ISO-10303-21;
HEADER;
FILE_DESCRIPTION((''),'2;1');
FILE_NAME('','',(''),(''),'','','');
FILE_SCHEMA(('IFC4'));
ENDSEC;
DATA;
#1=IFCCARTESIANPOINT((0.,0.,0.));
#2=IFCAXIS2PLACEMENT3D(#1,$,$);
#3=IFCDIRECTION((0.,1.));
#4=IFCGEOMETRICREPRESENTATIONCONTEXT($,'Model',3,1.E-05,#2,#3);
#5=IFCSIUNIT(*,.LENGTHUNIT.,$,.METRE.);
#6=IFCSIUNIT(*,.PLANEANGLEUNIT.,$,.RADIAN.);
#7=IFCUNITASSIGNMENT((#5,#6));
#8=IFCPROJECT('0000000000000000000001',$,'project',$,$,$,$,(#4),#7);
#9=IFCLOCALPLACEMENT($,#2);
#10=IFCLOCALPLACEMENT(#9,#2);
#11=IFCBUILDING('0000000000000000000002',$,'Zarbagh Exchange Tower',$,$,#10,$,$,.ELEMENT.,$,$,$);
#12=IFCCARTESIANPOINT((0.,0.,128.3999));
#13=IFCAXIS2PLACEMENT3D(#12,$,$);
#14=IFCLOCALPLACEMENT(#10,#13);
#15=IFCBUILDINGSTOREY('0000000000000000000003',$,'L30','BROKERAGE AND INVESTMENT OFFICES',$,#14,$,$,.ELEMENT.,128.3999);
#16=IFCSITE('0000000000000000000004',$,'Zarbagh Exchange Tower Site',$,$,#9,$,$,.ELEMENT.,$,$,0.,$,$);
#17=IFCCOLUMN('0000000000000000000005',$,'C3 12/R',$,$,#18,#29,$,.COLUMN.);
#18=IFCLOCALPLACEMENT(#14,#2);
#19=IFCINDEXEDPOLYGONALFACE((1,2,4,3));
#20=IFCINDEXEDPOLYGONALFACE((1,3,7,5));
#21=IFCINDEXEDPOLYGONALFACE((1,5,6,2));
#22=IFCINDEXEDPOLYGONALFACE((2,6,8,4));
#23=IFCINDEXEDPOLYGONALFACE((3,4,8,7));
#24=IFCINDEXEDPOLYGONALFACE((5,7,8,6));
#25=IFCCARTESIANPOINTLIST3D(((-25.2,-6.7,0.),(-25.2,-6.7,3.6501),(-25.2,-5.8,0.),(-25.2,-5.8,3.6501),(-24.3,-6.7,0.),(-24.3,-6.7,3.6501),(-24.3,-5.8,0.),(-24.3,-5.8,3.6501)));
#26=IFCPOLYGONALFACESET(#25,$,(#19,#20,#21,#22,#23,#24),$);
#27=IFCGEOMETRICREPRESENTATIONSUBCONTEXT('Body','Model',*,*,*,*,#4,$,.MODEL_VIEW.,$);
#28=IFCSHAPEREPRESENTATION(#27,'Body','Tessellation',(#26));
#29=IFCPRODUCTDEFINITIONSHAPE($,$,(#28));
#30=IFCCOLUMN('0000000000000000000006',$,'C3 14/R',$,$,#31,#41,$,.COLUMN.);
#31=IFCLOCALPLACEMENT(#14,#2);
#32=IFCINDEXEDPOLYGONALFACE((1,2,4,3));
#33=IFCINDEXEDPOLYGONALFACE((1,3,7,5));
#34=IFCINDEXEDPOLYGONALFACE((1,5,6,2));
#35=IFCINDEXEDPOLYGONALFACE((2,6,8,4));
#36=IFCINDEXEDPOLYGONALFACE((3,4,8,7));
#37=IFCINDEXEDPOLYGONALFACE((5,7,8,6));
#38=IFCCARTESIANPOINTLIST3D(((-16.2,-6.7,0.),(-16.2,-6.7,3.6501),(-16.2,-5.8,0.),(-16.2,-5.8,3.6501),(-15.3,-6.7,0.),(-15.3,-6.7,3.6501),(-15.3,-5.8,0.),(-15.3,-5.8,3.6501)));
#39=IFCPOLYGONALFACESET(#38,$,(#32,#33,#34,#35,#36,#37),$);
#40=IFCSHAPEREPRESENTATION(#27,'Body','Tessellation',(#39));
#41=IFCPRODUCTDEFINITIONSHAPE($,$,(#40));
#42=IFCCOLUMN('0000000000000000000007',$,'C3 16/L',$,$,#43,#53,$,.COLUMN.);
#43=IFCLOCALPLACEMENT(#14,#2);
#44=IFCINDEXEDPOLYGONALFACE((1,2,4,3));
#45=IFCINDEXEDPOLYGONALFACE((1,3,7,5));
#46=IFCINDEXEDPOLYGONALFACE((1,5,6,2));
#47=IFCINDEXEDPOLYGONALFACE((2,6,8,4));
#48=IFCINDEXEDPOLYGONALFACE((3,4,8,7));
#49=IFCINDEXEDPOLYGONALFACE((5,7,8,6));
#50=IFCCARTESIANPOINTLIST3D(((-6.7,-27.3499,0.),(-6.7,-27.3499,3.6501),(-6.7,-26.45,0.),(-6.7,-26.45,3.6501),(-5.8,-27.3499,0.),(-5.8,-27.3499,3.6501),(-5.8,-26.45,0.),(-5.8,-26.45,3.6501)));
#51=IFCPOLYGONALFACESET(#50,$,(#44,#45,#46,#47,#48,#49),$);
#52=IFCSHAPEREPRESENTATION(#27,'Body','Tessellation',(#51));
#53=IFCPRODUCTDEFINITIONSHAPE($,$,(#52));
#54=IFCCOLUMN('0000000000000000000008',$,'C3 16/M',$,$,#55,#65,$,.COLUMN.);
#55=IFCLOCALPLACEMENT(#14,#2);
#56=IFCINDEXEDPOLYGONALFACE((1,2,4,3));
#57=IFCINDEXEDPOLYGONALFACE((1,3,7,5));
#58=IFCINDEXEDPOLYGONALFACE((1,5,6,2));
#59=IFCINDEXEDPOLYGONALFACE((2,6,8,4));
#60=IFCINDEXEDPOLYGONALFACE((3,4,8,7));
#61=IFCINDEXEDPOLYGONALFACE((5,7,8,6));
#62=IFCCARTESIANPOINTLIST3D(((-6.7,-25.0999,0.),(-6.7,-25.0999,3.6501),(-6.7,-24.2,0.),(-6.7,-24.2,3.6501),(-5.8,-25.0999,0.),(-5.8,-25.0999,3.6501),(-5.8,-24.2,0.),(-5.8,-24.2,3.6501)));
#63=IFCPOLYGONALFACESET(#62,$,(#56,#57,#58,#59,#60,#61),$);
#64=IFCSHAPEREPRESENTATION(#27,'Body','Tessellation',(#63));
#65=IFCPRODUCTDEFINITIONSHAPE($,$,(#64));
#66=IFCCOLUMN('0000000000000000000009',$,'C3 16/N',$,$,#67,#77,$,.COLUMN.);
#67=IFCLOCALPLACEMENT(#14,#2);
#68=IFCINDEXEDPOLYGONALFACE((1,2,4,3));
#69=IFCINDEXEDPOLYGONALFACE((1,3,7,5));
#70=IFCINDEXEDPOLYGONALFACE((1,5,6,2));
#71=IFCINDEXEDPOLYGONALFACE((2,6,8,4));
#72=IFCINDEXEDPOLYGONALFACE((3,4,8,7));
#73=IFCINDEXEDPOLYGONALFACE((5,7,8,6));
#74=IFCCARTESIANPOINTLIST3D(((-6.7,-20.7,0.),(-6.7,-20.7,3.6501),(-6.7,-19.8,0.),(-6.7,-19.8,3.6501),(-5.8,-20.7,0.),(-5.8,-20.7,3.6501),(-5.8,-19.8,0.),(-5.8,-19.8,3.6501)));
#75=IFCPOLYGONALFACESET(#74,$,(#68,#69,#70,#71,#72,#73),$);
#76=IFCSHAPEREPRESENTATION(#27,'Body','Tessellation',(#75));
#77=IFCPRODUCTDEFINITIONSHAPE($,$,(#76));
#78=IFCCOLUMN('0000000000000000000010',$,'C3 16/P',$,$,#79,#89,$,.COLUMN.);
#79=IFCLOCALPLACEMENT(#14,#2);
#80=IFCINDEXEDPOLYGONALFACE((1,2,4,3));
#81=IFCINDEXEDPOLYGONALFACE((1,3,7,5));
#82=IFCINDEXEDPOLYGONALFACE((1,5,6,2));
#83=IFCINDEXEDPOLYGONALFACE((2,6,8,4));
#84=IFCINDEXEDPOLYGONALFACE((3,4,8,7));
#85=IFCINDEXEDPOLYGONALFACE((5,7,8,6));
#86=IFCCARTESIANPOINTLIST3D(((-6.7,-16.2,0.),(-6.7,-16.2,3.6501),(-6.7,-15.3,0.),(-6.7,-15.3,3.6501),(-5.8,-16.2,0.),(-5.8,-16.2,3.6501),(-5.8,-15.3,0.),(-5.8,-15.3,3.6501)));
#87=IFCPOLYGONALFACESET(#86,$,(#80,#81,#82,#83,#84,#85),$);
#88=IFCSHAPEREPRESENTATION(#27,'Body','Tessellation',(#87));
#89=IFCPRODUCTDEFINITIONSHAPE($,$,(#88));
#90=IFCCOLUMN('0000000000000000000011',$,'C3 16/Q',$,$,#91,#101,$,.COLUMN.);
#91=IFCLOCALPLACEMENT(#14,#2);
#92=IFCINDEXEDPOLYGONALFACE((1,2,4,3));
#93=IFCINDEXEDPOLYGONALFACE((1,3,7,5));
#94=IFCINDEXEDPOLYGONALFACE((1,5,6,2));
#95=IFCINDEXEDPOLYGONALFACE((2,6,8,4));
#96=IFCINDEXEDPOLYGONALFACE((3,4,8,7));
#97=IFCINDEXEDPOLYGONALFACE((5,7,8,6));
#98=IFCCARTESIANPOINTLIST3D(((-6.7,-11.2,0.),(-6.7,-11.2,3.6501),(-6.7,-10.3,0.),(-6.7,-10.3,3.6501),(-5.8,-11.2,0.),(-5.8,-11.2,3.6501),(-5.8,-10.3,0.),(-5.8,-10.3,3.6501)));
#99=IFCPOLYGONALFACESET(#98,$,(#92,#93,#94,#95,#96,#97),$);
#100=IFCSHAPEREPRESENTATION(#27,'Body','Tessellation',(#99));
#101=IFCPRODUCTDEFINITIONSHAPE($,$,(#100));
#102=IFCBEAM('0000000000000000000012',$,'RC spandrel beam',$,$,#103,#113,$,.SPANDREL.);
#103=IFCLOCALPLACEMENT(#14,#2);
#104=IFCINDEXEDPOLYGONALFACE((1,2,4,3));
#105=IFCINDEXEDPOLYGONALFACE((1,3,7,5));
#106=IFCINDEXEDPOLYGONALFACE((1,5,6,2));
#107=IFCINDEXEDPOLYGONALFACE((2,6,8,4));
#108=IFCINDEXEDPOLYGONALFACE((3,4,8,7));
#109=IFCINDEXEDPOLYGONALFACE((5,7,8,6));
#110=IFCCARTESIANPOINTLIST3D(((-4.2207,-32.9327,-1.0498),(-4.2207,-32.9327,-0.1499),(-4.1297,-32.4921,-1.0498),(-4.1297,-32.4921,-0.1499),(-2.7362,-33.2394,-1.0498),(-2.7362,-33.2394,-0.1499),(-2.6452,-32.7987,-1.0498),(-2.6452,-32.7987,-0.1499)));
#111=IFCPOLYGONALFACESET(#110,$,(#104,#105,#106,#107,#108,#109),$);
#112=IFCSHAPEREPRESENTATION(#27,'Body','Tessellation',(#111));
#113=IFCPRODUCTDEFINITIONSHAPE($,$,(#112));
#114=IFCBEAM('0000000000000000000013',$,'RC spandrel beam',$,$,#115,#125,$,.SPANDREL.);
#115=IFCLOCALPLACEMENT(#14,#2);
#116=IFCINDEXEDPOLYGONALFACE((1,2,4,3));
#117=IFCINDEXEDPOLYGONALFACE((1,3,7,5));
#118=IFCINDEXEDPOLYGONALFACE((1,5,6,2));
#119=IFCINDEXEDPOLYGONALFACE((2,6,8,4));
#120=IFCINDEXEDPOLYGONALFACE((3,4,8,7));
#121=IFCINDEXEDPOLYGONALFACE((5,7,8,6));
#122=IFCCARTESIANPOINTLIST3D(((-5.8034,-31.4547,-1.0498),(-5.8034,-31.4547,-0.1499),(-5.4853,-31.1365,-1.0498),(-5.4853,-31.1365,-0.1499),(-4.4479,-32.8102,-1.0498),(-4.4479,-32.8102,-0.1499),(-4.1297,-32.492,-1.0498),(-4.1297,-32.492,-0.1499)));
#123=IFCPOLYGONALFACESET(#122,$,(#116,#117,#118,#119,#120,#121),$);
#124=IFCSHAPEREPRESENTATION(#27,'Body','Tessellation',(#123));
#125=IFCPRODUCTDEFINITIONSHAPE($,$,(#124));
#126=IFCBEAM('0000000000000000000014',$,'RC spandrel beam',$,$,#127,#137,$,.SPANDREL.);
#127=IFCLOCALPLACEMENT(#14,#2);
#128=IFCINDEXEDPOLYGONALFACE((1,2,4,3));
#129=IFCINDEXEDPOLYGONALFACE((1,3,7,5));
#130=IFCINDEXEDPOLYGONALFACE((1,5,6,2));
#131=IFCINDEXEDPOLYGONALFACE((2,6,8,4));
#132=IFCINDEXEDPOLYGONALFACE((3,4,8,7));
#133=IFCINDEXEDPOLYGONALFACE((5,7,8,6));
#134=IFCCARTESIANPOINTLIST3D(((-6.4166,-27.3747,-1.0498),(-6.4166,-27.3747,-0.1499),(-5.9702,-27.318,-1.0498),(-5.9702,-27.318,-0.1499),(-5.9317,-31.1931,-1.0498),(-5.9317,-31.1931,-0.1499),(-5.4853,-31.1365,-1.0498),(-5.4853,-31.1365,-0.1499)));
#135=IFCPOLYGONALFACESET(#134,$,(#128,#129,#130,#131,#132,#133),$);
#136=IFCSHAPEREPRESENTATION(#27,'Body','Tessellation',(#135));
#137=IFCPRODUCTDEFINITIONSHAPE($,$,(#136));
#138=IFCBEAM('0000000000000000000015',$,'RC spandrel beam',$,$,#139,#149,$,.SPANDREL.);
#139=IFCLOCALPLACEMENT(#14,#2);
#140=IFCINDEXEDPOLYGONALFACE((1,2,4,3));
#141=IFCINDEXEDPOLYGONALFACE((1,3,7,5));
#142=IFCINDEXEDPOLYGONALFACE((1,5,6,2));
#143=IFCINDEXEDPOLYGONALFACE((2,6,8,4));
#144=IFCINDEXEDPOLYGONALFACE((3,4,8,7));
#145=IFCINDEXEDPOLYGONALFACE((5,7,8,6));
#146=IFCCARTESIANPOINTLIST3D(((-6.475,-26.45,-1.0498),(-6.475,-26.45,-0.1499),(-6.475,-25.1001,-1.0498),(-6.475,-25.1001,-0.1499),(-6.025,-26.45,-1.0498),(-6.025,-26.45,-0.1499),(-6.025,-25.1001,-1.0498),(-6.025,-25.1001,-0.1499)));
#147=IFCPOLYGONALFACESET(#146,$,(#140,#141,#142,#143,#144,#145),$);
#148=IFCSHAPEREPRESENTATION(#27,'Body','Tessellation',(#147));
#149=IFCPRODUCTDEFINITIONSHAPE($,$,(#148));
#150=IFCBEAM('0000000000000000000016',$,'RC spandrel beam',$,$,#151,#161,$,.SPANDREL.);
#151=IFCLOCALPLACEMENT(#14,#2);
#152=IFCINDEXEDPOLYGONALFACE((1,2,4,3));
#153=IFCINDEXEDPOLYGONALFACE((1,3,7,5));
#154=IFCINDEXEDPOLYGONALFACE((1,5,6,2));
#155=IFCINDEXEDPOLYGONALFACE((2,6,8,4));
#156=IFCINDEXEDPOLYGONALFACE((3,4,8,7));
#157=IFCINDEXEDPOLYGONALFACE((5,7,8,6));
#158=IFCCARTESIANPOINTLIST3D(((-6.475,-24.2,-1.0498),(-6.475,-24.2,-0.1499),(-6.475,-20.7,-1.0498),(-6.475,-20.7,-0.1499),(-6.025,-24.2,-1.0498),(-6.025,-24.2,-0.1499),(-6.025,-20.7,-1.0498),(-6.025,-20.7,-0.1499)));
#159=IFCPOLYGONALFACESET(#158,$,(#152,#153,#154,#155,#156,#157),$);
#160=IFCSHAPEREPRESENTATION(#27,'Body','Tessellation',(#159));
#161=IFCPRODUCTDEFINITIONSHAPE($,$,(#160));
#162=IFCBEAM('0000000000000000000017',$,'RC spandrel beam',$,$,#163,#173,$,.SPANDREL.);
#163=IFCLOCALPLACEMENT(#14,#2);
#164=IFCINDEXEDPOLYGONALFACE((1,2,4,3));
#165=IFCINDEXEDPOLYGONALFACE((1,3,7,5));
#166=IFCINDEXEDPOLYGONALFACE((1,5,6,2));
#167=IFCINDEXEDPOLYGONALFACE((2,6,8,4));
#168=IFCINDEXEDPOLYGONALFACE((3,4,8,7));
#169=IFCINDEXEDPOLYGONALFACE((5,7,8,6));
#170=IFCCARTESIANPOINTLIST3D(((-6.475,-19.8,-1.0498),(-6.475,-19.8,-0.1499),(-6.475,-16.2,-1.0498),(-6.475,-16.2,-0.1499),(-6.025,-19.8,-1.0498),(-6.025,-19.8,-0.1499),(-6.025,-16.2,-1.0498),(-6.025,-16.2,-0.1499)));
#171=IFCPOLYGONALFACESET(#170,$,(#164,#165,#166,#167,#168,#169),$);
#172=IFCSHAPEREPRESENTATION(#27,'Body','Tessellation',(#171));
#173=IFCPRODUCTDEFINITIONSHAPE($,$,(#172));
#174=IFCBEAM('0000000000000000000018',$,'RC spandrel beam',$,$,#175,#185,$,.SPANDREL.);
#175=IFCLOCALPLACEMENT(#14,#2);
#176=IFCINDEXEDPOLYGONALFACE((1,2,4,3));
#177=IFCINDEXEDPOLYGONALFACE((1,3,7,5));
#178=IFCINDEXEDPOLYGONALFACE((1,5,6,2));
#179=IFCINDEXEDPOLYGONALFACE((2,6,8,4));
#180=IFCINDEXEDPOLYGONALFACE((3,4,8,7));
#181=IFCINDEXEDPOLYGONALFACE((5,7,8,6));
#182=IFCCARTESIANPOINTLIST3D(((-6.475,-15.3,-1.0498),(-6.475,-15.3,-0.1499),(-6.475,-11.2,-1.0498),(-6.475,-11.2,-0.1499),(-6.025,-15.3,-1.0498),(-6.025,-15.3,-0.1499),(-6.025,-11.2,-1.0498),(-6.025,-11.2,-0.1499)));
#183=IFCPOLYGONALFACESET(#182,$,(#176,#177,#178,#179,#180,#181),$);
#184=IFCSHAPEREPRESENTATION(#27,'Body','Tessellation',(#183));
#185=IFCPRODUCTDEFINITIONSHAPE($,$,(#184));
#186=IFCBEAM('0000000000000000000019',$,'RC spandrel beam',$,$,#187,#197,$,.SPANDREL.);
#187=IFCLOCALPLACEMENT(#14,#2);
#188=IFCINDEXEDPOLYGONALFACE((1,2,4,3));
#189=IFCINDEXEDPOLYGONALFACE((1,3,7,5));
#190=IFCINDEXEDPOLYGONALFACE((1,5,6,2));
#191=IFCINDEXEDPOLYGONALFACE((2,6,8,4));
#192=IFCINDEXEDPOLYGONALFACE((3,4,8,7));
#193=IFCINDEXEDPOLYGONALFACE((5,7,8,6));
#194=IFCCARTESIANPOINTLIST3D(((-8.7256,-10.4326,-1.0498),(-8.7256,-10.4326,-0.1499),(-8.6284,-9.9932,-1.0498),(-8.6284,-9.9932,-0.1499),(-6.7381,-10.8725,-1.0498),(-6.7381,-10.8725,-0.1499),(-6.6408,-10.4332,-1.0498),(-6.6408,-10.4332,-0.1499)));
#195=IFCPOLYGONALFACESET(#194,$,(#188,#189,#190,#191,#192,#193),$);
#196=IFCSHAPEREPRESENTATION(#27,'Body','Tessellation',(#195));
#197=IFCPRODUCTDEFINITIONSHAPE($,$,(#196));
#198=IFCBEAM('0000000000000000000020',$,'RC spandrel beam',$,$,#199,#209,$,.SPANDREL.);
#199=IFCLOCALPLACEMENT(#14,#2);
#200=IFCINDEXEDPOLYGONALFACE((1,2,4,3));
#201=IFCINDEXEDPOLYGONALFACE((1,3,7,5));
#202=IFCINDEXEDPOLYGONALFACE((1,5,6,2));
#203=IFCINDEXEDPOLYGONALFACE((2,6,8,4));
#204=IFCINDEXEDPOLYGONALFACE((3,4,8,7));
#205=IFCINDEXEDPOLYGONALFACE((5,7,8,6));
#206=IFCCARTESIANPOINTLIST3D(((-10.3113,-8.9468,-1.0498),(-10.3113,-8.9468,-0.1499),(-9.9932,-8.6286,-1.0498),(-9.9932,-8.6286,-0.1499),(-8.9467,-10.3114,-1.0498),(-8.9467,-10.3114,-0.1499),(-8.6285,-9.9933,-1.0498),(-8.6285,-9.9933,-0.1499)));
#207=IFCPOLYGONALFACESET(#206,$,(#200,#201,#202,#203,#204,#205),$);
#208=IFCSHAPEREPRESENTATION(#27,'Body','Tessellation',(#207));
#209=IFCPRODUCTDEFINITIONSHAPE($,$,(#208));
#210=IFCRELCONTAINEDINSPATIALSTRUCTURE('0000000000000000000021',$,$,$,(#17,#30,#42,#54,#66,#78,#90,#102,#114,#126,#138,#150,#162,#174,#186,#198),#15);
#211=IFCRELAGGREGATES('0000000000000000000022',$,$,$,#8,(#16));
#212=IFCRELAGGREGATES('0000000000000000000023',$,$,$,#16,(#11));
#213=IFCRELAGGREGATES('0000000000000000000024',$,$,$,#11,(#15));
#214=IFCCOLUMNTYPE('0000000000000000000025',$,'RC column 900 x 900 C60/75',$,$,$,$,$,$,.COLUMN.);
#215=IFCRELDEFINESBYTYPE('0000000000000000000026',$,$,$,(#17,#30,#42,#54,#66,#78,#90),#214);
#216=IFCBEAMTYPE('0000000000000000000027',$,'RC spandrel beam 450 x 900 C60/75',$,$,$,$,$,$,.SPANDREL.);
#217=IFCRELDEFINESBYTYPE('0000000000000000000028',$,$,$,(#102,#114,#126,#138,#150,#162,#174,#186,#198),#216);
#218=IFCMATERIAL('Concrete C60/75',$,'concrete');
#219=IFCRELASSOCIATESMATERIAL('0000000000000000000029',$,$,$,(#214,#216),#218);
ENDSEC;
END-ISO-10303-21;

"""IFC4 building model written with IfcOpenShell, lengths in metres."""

from ifc_helpers import new_model, si_unit, direction, frame, origin, origin_2d, place, context, subcontext, project, spatial, rectangle, extrude, material, material_profile, profile_set, type_object, element, save


model = new_model("IFC4")

# Units and contexts
model_context = context("Model", 3, precision=1e-05, world=origin(), true_north=direction((0.0, 1.0)))
body_context = subcontext(model_context, "Body", "Model", "MODEL_VIEW")
ifc_project = project(units=[si_unit("LENGTHUNIT", "METRE"), si_unit("PLANEANGLEUNIT", "RADIAN")], contexts=[model_context])

# Site, building, storey
site_placement = place(None, origin())
site = spatial("IfcSite", under=ifc_project, at=site_placement, Name="Zarbagh Exchange Tower Site", CompositionType="ELEMENT", RefElevation=0.0)
building_placement = place(site_placement, origin())
building = spatial("IfcBuilding", under=site, at=building_placement, Name="Zarbagh Exchange Tower", CompositionType="ELEMENT")
storey_placement = place(building_placement, frame((0.0, 0.0, 128.3999)))
storey = spatial("IfcBuildingStorey", under=building, at=storey_placement, Name="L30", Description="BROKERAGE AND INVESTMENT OFFICES", CompositionType="ELEMENT", Elevation=128.3999)

# Columns
ifc_material_1 = material(Name="Concrete C60/75", Category="concrete")
ifc_material_profile_1 = material_profile(ifc_material_1, rectangle(XDim=0.8999, YDim=0.8999, at=origin_2d()), Name="RC column 900 x 900 C60/75")
ifc_profile_set_1 = profile_set([ifc_material_profile_1], Name="Concrete C60/75")
column_type = type_object("IfcColumnType", Name="RC column 900 x 900 C60/75", PredefinedType="COLUMN", material=ifc_profile_set_1)
for number, where, z_axis, x_axis, name in (
    (1, (-24.75, -6.25, 0.0), (0.0, 0.0, 1.0), (1.0, 0.0, 0.0), "C3 12/R"),
    (2, (-15.75, -6.25, 0.0), (0.0, 0.0, 1.0), (1.0, 0.0, 0.0), "C3 14/R"),
    (3, (-6.25, -26.8999, 0.0), (0.0, 0.0, 1.0), (1.0, 0.0, 0.0), "C3 16/L"),
    (4, (-6.25, -24.6499, 0.0), (0.0, 0.0, 1.0), (1.0, 0.0, 0.0), "C3 16/M"),
    (5, (-6.25, -20.25, 0.0), (0.0, 0.0, 1.0), (1.0, 0.0, 0.0), "C3 16/N"),
    (6, (-6.25, -15.75, 0.0), (0.0, 0.0, 1.0), (1.0, 0.0, 0.0), "C3 16/P"),
    (7, (-6.25, -10.75, 0.0), (0.0, 0.0, 1.0), (1.0, 0.0, 0.0), "C3 16/Q"),
):
    element("IfcColumn", number, at=place(storey_placement, frame(where, z_axis=z_axis, x_axis=x_axis)), inside=storey, type_object=column_type, Name=name, PredefinedType="COLUMN", context=body_context, shape_type="SweptSolid", body=[
        extrude(rectangle(XDim=0.8999, YDim=0.8999, at=origin_2d()), origin(), (0.0, 0.0, 1.0), 3.6501),
    ])

# Beams
ifc_material_profile_2 = material_profile(ifc_material_1, rectangle(XDim=0.45, YDim=0.8999, at=origin_2d()), Name="RC spandrel beam 450 x 900 C60/75")
ifc_profile_set_2 = profile_set([ifc_material_profile_2], Name="Concrete C60/75")
beam_type = type_object("IfcBeamType", Name="RC spandrel beam 450 x 900 C60/75", PredefinedType="SPANDREL", material=ifc_profile_set_2)
beam_1_placement = place(storey_placement, frame((-2.6907, -33.019, -0.5999), z_axis=(-0.979329, 0.202275, 0.0), x_axis=(-0.202275, -0.979329, 0.0)))
element("IfcBeam", 8, at=beam_1_placement, inside=storey, type_object=beam_type, Name="RC spandrel beam", PredefinedType="SPANDREL", context=body_context, shape_type="SweptSolid", body=[
    extrude(rectangle(XDim=0.45, YDim=0.8999, at=origin_2d()), origin(), (0.0, 0.0, 1.0), 1.5159),
])
beam_2_placement = place(storey_placement, frame((-4.2888, -32.6511, -0.5999), z_axis=(-0.707107, 0.707107, 0.0), x_axis=(-0.707107, -0.707107, 0.0)))
element("IfcBeam", 9, at=beam_2_placement, inside=storey, type_object=beam_type, Name="RC spandrel beam", PredefinedType="SPANDREL", context=body_context, shape_type="SweptSolid", body=[
    extrude(rectangle(XDim=0.45, YDim=0.8999, at=origin_2d()), origin(), (0.0, 0.0, 1.0), 1.917),
])
beam_3_placement = place(storey_placement, frame((-5.7085, -31.1648, -0.5999), z_axis=(-0.125971, 0.992034, 0.0), x_axis=(-0.992034, -0.125971, 0.0)))
element("IfcBeam", 10, at=beam_3_placement, inside=storey, type_object=beam_type, Name="RC spandrel beam", PredefinedType="SPANDREL", context=body_context, shape_type="SweptSolid", body=[
    extrude(rectangle(XDim=0.45, YDim=0.8999, at=origin_2d()), origin(), (0.0, 0.0, 1.0), 3.8491),
])
beam_4_placement = place(storey_placement, frame((-6.25, -26.45, -0.5999), z_axis=(0.0, 1.0, 0.0), x_axis=(-1.0, 0.0, 0.0)))
element("IfcBeam", 11, at=beam_4_placement, inside=storey, type_object=beam_type, Name="RC spandrel beam", PredefinedType="SPANDREL", context=body_context, shape_type="SweptSolid", body=[
    extrude(rectangle(XDim=0.45, YDim=0.8999, at=origin_2d()), origin(), (0.0, 0.0, 1.0), 1.3499),
])
beam_5_placement = place(storey_placement, frame((-6.25, -24.2, -0.5999), z_axis=(0.0, 1.0, 0.0), x_axis=(-1.0, 0.0, 0.0)))
element("IfcBeam", 12, at=beam_5_placement, inside=storey, type_object=beam_type, Name="RC spandrel beam", PredefinedType="SPANDREL", context=body_context, shape_type="SweptSolid", body=[
    extrude(rectangle(XDim=0.45, YDim=0.8999, at=origin_2d()), origin(), (0.0, 0.0, 1.0), 3.5),
])
beam_6_placement = place(storey_placement, frame((-6.25, -19.8, -0.5999), z_axis=(0.0, 1.0, 0.0), x_axis=(-1.0, 0.0, 0.0)))
element("IfcBeam", 13, at=beam_6_placement, inside=storey, type_object=beam_type, Name="RC spandrel beam", PredefinedType="SPANDREL", context=body_context, shape_type="SweptSolid", body=[
    extrude(rectangle(XDim=0.45, YDim=0.8999, at=origin_2d()), origin(), (0.0, 0.0, 1.0), 3.6001),
])
beam_7_placement = place(storey_placement, frame((-6.25, -15.3, -0.5999), z_axis=(0.0, 1.0, 0.0), x_axis=(-1.0, 0.0, 0.0)))
element("IfcBeam", 14, at=beam_7_placement, inside=storey, type_object=beam_type, Name="RC spandrel beam", PredefinedType="SPANDREL", context=body_context, shape_type="SweptSolid", body=[
    extrude(rectangle(XDim=0.45, YDim=0.8999, at=origin_2d()), origin(), (0.0, 0.0, 1.0), 4.1001),
])
beam_8_placement = place(storey_placement, frame((-6.6895, -10.6528, -0.5999), z_axis=(-0.976367, 0.216118, 0.0), x_axis=(-0.216118, -0.976367, 0.0)))
element("IfcBeam", 15, at=beam_8_placement, inside=storey, type_object=beam_type, Name="RC spandrel beam", PredefinedType="SPANDREL", context=body_context, shape_type="SweptSolid", body=[
    extrude(rectangle(XDim=0.45, YDim=0.8999, at=origin_2d()), origin(), (0.0, 0.0, 1.0), 2.0356),
])
beam_9_placement = place(storey_placement, frame((-8.7876, -10.1523, -0.5999), z_axis=(-0.707107, 0.707107, 0.0), x_axis=(-0.707107, -0.707107, 0.0)))
element("IfcBeam", 16, at=beam_9_placement, inside=storey, type_object=beam_type, Name="RC spandrel beam", PredefinedType="SPANDREL", context=body_context, shape_type="SweptSolid", body=[
    extrude(rectangle(XDim=0.45, YDim=0.8999, at=origin_2d()), origin(), (0.0, 0.0, 1.0), 1.9299),
])

save(model, "model.ifc")
